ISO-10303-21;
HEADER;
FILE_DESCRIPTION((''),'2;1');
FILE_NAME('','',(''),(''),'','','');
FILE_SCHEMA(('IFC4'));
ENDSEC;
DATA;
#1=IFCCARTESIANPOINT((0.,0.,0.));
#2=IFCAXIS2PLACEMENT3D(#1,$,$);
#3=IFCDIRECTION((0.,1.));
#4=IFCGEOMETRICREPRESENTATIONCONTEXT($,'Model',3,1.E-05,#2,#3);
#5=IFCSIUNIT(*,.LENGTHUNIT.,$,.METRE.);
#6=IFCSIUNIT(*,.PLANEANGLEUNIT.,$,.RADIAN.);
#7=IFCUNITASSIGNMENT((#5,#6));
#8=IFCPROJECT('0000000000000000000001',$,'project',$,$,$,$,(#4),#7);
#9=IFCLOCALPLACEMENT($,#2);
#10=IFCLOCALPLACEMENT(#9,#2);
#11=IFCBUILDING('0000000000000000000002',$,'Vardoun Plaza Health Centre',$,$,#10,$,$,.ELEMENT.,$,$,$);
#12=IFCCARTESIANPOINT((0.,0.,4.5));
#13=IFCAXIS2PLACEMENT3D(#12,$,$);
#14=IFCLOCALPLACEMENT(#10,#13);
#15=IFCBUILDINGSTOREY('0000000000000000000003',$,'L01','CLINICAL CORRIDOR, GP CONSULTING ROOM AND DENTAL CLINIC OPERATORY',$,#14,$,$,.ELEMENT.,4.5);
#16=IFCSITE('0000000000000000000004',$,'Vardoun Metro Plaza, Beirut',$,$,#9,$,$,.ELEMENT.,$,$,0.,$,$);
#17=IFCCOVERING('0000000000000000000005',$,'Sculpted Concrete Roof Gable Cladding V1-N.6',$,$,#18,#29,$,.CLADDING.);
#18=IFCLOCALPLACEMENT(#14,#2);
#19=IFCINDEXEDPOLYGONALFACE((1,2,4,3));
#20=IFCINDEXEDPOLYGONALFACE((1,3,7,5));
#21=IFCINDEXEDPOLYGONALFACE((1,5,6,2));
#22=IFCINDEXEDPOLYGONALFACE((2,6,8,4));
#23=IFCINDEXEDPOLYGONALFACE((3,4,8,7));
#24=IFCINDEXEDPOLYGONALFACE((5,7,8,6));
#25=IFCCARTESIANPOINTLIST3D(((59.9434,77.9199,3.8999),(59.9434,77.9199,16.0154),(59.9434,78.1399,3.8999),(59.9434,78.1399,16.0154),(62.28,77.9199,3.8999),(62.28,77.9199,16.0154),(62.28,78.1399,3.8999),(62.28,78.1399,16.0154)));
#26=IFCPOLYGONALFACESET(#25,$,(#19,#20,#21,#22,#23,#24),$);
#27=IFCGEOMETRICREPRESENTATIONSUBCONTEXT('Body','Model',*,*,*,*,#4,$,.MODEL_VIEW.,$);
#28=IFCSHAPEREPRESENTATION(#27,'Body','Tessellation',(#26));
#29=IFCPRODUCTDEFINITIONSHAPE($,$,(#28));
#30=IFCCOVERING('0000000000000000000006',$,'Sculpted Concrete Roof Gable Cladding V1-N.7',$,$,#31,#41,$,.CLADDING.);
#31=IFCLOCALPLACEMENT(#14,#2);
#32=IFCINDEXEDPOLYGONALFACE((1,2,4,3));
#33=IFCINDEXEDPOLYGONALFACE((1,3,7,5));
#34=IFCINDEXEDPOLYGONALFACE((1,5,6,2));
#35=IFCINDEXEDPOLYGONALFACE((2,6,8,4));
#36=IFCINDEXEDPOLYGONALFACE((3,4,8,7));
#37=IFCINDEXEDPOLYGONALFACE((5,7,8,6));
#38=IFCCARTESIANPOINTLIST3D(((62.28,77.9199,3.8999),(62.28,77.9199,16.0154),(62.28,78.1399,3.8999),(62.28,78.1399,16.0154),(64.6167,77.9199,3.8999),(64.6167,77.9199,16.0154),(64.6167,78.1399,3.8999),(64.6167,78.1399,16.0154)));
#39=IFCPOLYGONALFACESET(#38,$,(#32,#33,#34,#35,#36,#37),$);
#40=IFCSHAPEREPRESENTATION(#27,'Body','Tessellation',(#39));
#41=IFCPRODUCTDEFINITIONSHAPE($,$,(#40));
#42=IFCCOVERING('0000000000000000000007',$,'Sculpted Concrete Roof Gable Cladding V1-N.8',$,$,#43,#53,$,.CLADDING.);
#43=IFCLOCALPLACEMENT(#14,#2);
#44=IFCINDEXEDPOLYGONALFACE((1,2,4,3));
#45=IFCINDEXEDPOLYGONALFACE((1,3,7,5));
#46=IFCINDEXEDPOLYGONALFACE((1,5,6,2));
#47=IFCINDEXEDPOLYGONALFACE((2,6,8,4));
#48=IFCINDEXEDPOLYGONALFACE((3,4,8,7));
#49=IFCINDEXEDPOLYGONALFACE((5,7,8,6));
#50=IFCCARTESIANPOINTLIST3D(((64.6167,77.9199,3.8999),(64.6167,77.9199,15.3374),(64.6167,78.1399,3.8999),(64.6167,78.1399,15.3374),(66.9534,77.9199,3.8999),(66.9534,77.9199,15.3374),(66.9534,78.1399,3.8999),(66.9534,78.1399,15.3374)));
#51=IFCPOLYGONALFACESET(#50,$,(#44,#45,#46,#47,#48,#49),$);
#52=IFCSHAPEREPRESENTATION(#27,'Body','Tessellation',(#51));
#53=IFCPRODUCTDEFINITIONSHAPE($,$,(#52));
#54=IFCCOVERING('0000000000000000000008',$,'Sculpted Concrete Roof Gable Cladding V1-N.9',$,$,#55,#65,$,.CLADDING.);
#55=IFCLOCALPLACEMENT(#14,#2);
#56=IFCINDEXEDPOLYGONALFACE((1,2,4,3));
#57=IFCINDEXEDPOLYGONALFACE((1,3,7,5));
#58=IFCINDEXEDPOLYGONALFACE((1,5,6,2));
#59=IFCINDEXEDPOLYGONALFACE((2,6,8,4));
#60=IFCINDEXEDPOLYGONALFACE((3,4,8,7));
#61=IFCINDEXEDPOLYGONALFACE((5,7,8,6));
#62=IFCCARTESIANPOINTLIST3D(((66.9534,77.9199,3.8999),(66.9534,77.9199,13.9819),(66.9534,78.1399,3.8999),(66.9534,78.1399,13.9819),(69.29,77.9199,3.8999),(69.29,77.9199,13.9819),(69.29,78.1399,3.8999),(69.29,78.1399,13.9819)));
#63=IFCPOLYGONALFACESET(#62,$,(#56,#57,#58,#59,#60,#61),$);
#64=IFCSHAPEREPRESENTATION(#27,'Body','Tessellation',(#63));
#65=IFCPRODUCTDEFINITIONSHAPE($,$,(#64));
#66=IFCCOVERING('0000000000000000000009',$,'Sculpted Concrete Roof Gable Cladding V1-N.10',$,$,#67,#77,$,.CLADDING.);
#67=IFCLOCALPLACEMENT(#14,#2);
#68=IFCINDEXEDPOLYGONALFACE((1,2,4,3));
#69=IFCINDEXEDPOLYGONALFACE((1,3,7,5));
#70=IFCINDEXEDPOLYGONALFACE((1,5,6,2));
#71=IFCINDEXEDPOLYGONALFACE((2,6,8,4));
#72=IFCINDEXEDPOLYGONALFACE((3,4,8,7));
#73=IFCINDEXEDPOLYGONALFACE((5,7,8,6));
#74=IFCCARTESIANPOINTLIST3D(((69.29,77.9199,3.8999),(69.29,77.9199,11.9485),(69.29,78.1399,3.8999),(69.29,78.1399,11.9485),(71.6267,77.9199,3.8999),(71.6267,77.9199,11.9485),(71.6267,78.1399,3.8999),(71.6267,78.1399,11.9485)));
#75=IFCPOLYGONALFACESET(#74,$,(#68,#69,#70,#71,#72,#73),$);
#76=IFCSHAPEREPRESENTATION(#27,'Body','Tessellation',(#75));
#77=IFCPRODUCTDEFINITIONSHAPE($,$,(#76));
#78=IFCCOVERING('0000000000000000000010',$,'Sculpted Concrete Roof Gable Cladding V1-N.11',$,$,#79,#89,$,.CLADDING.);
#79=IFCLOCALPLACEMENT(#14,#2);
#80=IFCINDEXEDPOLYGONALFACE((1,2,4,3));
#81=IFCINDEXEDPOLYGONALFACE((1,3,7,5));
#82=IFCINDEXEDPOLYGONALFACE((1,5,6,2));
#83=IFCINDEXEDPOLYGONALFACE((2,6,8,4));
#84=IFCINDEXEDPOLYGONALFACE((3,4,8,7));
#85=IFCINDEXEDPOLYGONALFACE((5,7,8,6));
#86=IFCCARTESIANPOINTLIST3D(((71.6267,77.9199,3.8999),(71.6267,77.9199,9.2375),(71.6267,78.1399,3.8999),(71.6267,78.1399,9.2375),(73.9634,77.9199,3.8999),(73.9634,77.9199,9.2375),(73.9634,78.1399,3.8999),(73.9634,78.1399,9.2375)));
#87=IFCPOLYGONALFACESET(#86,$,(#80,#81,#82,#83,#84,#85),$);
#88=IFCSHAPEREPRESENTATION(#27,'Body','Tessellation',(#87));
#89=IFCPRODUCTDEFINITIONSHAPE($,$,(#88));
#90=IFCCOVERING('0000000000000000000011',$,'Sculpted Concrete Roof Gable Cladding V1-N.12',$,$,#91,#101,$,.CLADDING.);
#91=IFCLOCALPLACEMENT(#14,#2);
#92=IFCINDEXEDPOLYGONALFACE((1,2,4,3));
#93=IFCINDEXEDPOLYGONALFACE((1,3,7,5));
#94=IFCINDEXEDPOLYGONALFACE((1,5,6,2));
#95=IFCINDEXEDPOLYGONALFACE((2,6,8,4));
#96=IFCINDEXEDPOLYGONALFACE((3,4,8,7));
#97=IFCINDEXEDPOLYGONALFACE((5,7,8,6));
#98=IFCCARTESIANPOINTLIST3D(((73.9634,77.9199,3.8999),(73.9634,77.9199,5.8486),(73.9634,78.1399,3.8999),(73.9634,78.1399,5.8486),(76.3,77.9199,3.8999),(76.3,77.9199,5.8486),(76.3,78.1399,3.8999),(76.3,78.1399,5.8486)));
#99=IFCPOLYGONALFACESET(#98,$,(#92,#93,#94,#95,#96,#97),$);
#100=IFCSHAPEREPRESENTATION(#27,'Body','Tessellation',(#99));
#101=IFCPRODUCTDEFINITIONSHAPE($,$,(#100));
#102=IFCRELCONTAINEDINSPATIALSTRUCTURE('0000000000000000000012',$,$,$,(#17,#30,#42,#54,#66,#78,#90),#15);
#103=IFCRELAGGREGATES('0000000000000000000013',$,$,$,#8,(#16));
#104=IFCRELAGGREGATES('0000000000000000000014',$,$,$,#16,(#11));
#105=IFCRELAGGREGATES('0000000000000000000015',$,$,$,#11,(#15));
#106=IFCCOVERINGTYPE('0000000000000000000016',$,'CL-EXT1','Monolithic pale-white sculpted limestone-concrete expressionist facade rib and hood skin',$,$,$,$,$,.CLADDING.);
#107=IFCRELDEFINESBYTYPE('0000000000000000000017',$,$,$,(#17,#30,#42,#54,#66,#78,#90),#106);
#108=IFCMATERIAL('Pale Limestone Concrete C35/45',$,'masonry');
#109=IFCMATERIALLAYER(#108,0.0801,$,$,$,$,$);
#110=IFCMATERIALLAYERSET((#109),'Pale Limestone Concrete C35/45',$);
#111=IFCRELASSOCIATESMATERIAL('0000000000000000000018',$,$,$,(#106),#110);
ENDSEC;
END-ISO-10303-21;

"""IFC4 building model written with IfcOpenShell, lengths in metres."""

from ifc_helpers import new_model, si_unit, direction, frame, origin, place, context, subcontext, project, spatial, polyline, outline, extrude, material, layer, layer_set, type_object, element, save


model = new_model("IFC4")

# Units and contexts
model_context = context("Model", 3, precision=1e-05, world=origin(), true_north=direction((0.0, 1.0)))
body_context = subcontext(model_context, "Body", "Model", "MODEL_VIEW")
ifc_project = project(units=[si_unit("LENGTHUNIT", "METRE"), si_unit("PLANEANGLEUNIT", "RADIAN")], contexts=[model_context])

# Site, building, storey
site_placement = place(None, origin())
site = spatial("IfcSite", under=ifc_project, at=site_placement, Name="Vardoun Metro Plaza, Beirut", CompositionType="ELEMENT", RefElevation=0.0)
building_placement = place(site_placement, origin())
building = spatial("IfcBuilding", under=site, at=building_placement, Name="Vardoun Plaza Health Centre", CompositionType="ELEMENT")
storey_placement = place(building_placement, frame((0.0, 0.0, 4.5)))
storey = spatial("IfcBuildingStorey", under=building, at=storey_placement, Name="L01", Description="CLINICAL CORRIDOR, GP CONSULTING ROOM AND DENTAL CLINIC OPERATORY", CompositionType="ELEMENT", Elevation=4.5)

# Coverings
ifc_material = material(Name="Pale Limestone Concrete C35/45", Category="masonry")
ifc_layer = layer(ifc_material, 0.0801)
ifc_layer_set = layer_set([ifc_layer], Name="Pale Limestone Concrete C35/45")
covering_type = type_object("IfcCoveringType", Name="CL-EXT1", Description="Monolithic pale-white sculpted limestone-concrete expressionist facade rib and hood skin", PredefinedType="CLADDING", material=ifc_layer_set)
covering_1_placement = place(storey_placement, frame((0.0, 0.0, 3.8999)))
element("IfcCovering", 1, at=covering_1_placement, inside=storey, type_object=covering_type, Name="Sculpted Concrete Roof Gable Cladding V1-N.6", PredefinedType="CLADDING", context=body_context, shape_type="SweptSolid", body=[
    extrude(outline(polyline([(59.9434, 77.9199), (62.28, 77.9199), (62.28, 78.1399), (59.9434, 78.1399), (59.9434, 77.9199)])), origin(), (0.0, 0.0, 1.0), 12.1155),
])
covering_2_placement = place(storey_placement, frame((0.0, 0.0, 3.8999)))
element("IfcCovering", 2, at=covering_2_placement, inside=storey, type_object=covering_type, Name="Sculpted Concrete Roof Gable Cladding V1-N.7", PredefinedType="CLADDING", context=body_context, shape_type="SweptSolid", body=[
    extrude(outline(polyline([(62.28, 77.9199), (64.6167, 77.9199), (64.6167, 78.1399), (62.28, 78.1399), (62.28, 77.9199)])), origin(), (0.0, 0.0, 1.0), 12.1155),
])
covering_3_placement = place(storey_placement, frame((0.0, 0.0, 3.8999)))
element("IfcCovering", 3, at=covering_3_placement, inside=storey, type_object=covering_type, Name="Sculpted Concrete Roof Gable Cladding V1-N.8", PredefinedType="CLADDING", context=body_context, shape_type="SweptSolid", body=[
    extrude(outline(polyline([(64.6167, 77.9199), (66.9534, 77.9199), (66.9534, 78.1399), (64.6167, 78.1399), (64.6167, 77.9199)])), origin(), (0.0, 0.0, 1.0), 11.4375),
])
covering_4_placement = place(storey_placement, frame((0.0, 0.0, 3.8999)))
element("IfcCovering", 4, at=covering_4_placement, inside=storey, type_object=covering_type, Name="Sculpted Concrete Roof Gable Cladding V1-N.9", PredefinedType="CLADDING", context=body_context, shape_type="SweptSolid", body=[
    extrude(outline(polyline([(66.9534, 77.9199), (69.29, 77.9199), (69.29, 78.1399), (66.9534, 78.1399), (66.9534, 77.9199)])), origin(), (0.0, 0.0, 1.0), 10.082),
])
covering_5_placement = place(storey_placement, frame((0.0, 0.0, 3.8999)))
element("IfcCovering", 5, at=covering_5_placement, inside=storey, type_object=covering_type, Name="Sculpted Concrete Roof Gable Cladding V1-N.10", PredefinedType="CLADDING", context=body_context, shape_type="SweptSolid", body=[
    extrude(outline(polyline([(69.29, 77.9199), (71.6267, 77.9199), (71.6267, 78.1399), (69.29, 78.1399), (69.29, 77.9199)])), origin(), (0.0, 0.0, 1.0), 8.0486),
])
covering_6_placement = place(storey_placement, frame((0.0, 0.0, 3.8999)))
element("IfcCovering", 6, at=covering_6_placement, inside=storey, type_object=covering_type, Name="Sculpted Concrete Roof Gable Cladding V1-N.11", PredefinedType="CLADDING", context=body_context, shape_type="SweptSolid", body=[
    extrude(outline(polyline([(71.6267, 77.9199), (73.9634, 77.9199), (73.9634, 78.1399), (71.6267, 78.1399), (71.6267, 77.9199)])), origin(), (0.0, 0.0, 1.0), 5.3376),
])
covering_7_placement = place(storey_placement, frame((0.0, 0.0, 3.8999)))
element("IfcCovering", 7, at=covering_7_placement, inside=storey, type_object=covering_type, Name="Sculpted Concrete Roof Gable Cladding V1-N.12", PredefinedType="CLADDING", context=body_context, shape_type="SweptSolid", body=[
    extrude(outline(polyline([(73.9634, 77.9199), (76.3, 77.9199), (76.3, 78.1399), (73.9634, 78.1399), (73.9634, 77.9199)])), origin(), (0.0, 0.0, 1.0), 1.9487),
])

save(model, "model.ifc")
